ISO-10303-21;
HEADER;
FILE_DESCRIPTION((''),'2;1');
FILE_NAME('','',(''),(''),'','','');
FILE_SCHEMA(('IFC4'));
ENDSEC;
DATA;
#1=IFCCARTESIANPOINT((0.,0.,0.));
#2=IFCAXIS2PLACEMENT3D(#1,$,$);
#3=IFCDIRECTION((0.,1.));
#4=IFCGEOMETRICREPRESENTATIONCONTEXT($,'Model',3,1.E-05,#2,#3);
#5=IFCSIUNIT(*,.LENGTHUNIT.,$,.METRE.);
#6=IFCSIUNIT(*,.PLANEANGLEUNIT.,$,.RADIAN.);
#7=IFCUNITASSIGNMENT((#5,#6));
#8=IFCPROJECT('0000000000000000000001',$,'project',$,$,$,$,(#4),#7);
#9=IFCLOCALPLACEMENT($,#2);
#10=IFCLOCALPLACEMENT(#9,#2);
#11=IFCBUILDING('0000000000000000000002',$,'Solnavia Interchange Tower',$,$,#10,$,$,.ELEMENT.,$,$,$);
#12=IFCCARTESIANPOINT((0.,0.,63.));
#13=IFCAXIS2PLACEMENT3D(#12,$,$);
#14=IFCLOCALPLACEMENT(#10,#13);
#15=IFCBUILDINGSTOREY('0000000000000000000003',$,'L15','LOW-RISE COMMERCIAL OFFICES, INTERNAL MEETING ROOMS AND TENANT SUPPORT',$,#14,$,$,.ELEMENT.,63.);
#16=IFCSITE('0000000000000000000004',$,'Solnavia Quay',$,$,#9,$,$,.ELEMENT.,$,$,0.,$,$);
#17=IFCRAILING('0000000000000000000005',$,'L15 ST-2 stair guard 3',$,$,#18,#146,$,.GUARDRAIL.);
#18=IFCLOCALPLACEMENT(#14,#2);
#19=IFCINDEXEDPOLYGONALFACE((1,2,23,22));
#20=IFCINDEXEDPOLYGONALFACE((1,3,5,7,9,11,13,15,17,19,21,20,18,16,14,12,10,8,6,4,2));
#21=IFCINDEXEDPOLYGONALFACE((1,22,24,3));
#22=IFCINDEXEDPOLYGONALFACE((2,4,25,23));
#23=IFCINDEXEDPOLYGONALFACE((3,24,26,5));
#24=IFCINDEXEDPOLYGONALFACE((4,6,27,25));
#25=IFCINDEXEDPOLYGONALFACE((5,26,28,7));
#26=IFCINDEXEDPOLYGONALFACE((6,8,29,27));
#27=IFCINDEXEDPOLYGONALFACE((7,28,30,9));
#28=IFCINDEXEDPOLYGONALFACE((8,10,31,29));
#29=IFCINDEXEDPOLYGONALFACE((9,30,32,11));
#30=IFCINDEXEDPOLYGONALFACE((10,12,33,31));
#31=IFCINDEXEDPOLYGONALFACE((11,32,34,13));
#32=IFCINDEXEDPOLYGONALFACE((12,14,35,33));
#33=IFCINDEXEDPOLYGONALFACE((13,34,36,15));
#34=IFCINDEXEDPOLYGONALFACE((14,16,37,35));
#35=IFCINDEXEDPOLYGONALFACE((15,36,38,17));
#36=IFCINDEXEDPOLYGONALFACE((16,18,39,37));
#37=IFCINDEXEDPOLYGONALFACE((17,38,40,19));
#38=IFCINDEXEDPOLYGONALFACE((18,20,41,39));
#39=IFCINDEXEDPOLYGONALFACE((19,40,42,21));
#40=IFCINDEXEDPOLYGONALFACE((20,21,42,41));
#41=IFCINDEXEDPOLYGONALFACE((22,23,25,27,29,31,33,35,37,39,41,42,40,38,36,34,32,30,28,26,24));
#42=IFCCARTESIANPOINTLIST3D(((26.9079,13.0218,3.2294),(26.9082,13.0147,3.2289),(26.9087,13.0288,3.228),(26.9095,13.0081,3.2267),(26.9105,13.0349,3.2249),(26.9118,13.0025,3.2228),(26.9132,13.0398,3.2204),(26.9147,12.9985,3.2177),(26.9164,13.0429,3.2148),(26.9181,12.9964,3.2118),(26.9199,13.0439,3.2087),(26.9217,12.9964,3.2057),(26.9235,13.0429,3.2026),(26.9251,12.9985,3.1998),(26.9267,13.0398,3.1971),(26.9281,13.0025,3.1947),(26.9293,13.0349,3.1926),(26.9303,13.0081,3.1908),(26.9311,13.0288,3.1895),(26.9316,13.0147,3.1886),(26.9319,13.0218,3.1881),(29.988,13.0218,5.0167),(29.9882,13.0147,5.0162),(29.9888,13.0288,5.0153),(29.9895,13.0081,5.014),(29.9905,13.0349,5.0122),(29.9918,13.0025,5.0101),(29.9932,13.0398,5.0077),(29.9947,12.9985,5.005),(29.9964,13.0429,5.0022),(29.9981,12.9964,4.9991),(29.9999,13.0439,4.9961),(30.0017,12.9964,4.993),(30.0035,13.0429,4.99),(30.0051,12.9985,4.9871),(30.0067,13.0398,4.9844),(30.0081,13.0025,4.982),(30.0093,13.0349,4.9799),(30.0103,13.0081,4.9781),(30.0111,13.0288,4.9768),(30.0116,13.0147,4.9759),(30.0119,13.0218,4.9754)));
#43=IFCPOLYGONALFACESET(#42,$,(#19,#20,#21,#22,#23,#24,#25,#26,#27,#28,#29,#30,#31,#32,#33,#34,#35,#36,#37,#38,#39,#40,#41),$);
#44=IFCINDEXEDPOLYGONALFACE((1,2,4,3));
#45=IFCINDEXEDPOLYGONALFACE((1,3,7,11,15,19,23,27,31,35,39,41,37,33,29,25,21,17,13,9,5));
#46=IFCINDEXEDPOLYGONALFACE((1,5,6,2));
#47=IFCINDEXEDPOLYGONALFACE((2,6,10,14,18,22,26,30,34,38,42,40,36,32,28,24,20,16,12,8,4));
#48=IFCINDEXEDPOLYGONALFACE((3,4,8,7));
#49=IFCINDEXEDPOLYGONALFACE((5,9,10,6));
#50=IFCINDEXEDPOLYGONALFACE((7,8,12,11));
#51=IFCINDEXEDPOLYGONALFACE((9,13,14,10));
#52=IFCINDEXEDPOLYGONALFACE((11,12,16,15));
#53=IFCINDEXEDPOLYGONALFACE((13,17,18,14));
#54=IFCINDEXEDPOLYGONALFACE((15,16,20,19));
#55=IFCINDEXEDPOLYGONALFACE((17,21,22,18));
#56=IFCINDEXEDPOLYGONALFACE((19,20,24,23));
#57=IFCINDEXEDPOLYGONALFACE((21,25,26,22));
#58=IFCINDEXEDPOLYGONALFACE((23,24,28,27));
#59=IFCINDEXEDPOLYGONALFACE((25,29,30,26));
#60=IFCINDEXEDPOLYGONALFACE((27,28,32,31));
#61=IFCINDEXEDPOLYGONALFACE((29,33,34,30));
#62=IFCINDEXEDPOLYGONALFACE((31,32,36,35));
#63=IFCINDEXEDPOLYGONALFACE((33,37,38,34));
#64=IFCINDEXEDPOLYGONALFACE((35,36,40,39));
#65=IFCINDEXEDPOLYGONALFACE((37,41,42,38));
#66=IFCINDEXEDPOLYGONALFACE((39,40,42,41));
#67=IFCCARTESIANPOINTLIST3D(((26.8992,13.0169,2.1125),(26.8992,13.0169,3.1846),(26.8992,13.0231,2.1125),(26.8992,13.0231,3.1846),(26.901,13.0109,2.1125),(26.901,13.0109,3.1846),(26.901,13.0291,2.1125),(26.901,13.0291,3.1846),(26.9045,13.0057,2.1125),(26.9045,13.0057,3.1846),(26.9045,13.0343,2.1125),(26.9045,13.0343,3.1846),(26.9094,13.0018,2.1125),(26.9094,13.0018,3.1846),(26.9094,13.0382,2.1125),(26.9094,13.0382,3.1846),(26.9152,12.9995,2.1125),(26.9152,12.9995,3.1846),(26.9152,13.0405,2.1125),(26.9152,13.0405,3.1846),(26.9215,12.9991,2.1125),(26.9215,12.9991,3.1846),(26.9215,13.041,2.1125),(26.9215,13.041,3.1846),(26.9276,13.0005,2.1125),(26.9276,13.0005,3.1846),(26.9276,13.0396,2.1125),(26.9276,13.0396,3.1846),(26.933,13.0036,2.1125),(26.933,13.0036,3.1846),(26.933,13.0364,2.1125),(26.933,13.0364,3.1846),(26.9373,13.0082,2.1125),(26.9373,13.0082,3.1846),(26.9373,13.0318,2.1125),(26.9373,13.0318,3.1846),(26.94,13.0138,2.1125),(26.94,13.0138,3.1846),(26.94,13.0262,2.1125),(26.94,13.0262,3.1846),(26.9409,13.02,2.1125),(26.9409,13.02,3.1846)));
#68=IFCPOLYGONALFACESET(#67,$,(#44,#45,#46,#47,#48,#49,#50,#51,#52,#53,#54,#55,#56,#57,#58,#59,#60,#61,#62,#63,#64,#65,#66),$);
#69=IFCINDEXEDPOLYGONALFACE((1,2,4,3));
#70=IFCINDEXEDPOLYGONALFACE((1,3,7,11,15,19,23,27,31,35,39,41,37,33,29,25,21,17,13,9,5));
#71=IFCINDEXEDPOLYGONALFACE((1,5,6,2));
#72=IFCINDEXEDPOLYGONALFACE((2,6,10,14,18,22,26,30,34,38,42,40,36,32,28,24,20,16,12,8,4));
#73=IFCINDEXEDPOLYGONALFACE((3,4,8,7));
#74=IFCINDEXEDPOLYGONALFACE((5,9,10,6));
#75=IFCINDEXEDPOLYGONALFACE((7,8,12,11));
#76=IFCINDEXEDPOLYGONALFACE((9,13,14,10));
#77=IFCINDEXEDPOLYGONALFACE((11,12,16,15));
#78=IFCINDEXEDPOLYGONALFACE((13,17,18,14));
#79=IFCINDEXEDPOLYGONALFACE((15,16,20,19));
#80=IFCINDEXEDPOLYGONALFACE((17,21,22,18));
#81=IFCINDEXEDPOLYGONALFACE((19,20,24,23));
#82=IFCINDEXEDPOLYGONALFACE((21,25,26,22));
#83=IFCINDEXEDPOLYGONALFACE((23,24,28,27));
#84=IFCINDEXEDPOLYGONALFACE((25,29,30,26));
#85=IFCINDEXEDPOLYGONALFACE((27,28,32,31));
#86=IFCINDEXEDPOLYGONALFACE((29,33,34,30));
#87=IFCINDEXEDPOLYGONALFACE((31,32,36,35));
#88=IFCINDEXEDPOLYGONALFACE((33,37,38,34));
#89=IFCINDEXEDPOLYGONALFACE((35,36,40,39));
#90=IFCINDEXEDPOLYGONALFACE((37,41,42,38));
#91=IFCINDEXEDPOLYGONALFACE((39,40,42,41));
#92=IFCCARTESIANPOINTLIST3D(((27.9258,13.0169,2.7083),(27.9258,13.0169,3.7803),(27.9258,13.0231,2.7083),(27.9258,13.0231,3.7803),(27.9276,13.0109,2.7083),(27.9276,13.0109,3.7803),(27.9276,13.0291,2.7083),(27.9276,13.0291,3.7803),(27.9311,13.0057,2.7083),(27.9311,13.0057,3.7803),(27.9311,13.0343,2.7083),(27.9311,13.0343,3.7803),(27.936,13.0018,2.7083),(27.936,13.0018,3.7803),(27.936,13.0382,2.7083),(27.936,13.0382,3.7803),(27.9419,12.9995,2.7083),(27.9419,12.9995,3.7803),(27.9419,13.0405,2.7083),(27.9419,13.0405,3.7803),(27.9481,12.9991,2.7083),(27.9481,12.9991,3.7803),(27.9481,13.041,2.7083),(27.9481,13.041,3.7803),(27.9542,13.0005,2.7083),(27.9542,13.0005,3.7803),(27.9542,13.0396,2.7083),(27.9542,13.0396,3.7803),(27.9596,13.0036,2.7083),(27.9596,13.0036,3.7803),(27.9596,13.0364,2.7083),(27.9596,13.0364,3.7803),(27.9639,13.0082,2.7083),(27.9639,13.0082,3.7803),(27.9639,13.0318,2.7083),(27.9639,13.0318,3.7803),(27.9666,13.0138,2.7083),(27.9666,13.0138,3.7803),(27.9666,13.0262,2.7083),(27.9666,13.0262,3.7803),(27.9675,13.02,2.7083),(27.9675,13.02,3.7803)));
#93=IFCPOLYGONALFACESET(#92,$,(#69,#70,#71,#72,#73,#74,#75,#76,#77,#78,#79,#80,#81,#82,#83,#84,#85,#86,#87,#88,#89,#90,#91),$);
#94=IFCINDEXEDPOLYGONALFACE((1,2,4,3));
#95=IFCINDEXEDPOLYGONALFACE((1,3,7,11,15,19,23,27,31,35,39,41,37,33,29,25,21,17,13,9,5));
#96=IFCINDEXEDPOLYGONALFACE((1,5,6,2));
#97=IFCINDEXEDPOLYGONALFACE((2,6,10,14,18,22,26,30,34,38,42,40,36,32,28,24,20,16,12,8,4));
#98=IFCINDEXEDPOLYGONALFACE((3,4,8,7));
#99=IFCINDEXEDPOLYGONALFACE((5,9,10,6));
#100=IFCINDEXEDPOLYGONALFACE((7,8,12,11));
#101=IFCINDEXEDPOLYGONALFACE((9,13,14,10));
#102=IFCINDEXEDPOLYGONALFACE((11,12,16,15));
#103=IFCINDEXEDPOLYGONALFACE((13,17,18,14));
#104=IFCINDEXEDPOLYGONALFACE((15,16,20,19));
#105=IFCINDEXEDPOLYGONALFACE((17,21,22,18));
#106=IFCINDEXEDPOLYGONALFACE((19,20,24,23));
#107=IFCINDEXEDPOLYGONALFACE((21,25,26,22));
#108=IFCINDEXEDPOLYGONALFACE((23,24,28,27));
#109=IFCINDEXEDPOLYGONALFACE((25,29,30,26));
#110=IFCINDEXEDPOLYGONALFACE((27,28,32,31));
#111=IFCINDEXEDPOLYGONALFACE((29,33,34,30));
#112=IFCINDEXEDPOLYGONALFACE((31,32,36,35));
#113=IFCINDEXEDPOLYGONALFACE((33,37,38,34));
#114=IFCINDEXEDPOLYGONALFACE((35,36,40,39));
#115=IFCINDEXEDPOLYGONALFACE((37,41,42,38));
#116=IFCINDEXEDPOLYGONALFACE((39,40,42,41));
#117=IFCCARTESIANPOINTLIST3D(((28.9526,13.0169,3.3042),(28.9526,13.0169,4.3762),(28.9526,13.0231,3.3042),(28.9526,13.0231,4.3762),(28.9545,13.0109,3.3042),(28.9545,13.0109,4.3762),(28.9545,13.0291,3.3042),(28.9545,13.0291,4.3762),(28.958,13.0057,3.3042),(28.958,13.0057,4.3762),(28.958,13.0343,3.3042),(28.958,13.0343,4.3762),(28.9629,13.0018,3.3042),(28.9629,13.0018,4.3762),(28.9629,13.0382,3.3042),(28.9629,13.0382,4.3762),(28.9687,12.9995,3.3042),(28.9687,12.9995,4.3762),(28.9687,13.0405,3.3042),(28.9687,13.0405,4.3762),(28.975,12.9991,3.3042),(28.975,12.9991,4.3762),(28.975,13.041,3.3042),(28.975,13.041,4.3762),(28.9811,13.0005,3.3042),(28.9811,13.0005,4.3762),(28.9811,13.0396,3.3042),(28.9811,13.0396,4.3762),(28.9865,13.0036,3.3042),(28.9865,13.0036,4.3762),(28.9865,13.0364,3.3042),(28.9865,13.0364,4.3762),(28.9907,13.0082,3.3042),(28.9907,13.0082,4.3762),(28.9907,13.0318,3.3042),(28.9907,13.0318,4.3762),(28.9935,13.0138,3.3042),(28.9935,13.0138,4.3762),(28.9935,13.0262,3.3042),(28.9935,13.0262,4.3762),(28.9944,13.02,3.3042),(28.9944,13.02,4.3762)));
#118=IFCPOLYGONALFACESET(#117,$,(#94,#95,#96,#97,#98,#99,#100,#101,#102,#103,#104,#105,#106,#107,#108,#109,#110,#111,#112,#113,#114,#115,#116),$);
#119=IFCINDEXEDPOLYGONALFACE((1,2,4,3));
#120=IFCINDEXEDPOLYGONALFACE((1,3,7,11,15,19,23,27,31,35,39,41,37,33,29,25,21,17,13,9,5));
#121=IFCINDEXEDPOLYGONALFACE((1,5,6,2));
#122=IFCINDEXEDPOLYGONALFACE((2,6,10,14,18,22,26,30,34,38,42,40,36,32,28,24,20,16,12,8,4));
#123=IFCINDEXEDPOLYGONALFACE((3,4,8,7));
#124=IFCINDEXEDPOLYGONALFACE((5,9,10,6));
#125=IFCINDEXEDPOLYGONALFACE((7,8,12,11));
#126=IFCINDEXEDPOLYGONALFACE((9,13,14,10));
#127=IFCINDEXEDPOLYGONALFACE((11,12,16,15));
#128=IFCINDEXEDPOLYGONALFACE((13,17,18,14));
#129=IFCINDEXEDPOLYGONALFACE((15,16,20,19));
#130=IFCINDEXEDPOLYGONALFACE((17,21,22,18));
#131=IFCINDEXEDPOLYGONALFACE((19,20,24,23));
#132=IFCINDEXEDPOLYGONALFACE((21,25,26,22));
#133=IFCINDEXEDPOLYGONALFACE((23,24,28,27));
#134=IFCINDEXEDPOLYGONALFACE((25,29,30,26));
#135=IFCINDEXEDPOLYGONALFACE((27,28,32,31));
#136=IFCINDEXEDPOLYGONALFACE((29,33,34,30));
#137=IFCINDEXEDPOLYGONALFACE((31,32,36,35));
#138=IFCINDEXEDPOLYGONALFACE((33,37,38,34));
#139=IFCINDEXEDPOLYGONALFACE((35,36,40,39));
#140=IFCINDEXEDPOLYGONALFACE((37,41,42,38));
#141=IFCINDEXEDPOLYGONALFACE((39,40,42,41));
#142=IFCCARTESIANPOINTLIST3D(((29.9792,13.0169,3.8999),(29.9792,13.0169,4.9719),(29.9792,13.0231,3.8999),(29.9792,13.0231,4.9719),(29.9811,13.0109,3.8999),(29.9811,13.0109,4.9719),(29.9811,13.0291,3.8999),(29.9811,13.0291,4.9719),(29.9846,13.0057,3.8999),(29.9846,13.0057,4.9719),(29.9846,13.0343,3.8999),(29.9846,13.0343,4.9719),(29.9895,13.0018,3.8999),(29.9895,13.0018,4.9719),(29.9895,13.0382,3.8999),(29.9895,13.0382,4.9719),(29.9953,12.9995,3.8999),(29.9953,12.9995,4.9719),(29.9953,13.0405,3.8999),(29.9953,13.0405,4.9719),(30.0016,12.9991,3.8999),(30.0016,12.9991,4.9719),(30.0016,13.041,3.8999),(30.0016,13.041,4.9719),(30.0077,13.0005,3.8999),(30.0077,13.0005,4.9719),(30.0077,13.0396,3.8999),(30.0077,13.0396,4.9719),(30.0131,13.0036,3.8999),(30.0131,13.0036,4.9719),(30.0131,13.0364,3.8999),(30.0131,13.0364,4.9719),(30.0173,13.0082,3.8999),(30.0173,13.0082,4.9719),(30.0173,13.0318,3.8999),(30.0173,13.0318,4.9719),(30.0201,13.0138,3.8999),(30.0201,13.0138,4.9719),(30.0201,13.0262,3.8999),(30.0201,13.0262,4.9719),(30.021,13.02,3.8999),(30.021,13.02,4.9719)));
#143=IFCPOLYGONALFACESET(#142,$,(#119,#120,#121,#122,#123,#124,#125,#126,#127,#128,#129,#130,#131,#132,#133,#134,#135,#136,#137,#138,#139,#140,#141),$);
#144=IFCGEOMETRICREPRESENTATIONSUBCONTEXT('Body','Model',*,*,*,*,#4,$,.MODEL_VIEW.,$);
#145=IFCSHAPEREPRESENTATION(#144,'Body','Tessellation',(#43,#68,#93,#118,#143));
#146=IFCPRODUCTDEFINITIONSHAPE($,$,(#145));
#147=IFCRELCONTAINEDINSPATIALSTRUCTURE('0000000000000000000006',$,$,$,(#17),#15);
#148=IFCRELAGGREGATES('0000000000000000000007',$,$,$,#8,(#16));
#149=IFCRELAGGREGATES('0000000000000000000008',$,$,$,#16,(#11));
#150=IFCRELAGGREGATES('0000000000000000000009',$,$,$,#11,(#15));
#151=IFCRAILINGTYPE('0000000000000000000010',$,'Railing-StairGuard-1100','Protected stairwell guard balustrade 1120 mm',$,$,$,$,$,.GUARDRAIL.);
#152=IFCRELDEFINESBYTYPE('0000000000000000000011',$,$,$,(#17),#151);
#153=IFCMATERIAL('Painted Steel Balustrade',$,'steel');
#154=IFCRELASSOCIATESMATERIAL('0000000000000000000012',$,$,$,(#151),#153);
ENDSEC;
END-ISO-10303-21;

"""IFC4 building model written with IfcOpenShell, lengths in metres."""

from ifc_helpers import new_model, si_unit, direction, frame, origin, origin_2d, place, context, subcontext, project, spatial, circle, extrude, material, type_object, element, save


model = new_model("IFC4")

# Units and contexts
model_context = context("Model", 3, precision=1e-05, world=origin(), true_north=direction((0.0, 1.0)))
body_context = subcontext(model_context, "Body", "Model", "MODEL_VIEW")
ifc_project = project(units=[si_unit("LENGTHUNIT", "METRE"), si_unit("PLANEANGLEUNIT", "RADIAN")], contexts=[model_context])

# Site, building, storey
site_placement = place(None, origin())
site = spatial("IfcSite", under=ifc_project, at=site_placement, Name="Solnavia Quay", CompositionType="ELEMENT", RefElevation=0.0)
building_placement = place(site_placement, origin())
building = spatial("IfcBuilding", under=site, at=building_placement, Name="Solnavia Interchange Tower", CompositionType="ELEMENT")
storey_placement = place(building_placement, frame((0.0, 0.0, 63.0)))
storey = spatial("IfcBuildingStorey", under=building, at=storey_placement, Name="L15", Description="LOW-RISE COMMERCIAL OFFICES, INTERNAL MEETING ROOMS AND TENANT SUPPORT", CompositionType="ELEMENT", Elevation=63.0)

# Railing
ifc_material_1 = material(Name="Painted Steel Balustrade", Category="steel")
railing_type_1 = type_object("IfcRailingType", Name="Railing-StairGuard-1100", Description="Protected stairwell guard balustrade 1120 mm", PredefinedType="GUARDRAIL", material=ifc_material_1)
railing_1_placement = place(storey_placement, frame((26.9199, 13.02, 2.1125)))
element("IfcRailing", 1, at=railing_1_placement, inside=storey, type_object=railing_type_1, Name="L15 ST-2 stair guard 3", PredefinedType="GUARDRAIL", context=body_context, shape_type="SweptSolid", body=[
    extrude(circle(Radius=0.0239, at=origin_2d()), frame((0.0, 0.0, 1.0962), z_axis=(0.86492, 0.0, 0.501909), x_axis=(0.0, 1.0, 0.0)), (0.0, 0.0, 1.0), 3.561),
    extrude(circle(Radius=0.021, at=origin_2d()), origin(), (0.0, 0.0, 1.0), 1.072),
    extrude(circle(Radius=0.021, at=origin_2d()), frame((1.0266, 0.0, 0.5957)), (0.0, 0.0, 1.0), 1.072),
    extrude(circle(Radius=0.021, at=origin_2d()), frame((2.0535, 0.0, 1.1917)), (0.0, 0.0, 1.0), 1.072),
    extrude(circle(Radius=0.021, at=origin_2d()), frame((3.0801, 0.0, 1.7874)), (0.0, 0.0, 1.0), 1.072),
])

save(model, "model.ifc")
